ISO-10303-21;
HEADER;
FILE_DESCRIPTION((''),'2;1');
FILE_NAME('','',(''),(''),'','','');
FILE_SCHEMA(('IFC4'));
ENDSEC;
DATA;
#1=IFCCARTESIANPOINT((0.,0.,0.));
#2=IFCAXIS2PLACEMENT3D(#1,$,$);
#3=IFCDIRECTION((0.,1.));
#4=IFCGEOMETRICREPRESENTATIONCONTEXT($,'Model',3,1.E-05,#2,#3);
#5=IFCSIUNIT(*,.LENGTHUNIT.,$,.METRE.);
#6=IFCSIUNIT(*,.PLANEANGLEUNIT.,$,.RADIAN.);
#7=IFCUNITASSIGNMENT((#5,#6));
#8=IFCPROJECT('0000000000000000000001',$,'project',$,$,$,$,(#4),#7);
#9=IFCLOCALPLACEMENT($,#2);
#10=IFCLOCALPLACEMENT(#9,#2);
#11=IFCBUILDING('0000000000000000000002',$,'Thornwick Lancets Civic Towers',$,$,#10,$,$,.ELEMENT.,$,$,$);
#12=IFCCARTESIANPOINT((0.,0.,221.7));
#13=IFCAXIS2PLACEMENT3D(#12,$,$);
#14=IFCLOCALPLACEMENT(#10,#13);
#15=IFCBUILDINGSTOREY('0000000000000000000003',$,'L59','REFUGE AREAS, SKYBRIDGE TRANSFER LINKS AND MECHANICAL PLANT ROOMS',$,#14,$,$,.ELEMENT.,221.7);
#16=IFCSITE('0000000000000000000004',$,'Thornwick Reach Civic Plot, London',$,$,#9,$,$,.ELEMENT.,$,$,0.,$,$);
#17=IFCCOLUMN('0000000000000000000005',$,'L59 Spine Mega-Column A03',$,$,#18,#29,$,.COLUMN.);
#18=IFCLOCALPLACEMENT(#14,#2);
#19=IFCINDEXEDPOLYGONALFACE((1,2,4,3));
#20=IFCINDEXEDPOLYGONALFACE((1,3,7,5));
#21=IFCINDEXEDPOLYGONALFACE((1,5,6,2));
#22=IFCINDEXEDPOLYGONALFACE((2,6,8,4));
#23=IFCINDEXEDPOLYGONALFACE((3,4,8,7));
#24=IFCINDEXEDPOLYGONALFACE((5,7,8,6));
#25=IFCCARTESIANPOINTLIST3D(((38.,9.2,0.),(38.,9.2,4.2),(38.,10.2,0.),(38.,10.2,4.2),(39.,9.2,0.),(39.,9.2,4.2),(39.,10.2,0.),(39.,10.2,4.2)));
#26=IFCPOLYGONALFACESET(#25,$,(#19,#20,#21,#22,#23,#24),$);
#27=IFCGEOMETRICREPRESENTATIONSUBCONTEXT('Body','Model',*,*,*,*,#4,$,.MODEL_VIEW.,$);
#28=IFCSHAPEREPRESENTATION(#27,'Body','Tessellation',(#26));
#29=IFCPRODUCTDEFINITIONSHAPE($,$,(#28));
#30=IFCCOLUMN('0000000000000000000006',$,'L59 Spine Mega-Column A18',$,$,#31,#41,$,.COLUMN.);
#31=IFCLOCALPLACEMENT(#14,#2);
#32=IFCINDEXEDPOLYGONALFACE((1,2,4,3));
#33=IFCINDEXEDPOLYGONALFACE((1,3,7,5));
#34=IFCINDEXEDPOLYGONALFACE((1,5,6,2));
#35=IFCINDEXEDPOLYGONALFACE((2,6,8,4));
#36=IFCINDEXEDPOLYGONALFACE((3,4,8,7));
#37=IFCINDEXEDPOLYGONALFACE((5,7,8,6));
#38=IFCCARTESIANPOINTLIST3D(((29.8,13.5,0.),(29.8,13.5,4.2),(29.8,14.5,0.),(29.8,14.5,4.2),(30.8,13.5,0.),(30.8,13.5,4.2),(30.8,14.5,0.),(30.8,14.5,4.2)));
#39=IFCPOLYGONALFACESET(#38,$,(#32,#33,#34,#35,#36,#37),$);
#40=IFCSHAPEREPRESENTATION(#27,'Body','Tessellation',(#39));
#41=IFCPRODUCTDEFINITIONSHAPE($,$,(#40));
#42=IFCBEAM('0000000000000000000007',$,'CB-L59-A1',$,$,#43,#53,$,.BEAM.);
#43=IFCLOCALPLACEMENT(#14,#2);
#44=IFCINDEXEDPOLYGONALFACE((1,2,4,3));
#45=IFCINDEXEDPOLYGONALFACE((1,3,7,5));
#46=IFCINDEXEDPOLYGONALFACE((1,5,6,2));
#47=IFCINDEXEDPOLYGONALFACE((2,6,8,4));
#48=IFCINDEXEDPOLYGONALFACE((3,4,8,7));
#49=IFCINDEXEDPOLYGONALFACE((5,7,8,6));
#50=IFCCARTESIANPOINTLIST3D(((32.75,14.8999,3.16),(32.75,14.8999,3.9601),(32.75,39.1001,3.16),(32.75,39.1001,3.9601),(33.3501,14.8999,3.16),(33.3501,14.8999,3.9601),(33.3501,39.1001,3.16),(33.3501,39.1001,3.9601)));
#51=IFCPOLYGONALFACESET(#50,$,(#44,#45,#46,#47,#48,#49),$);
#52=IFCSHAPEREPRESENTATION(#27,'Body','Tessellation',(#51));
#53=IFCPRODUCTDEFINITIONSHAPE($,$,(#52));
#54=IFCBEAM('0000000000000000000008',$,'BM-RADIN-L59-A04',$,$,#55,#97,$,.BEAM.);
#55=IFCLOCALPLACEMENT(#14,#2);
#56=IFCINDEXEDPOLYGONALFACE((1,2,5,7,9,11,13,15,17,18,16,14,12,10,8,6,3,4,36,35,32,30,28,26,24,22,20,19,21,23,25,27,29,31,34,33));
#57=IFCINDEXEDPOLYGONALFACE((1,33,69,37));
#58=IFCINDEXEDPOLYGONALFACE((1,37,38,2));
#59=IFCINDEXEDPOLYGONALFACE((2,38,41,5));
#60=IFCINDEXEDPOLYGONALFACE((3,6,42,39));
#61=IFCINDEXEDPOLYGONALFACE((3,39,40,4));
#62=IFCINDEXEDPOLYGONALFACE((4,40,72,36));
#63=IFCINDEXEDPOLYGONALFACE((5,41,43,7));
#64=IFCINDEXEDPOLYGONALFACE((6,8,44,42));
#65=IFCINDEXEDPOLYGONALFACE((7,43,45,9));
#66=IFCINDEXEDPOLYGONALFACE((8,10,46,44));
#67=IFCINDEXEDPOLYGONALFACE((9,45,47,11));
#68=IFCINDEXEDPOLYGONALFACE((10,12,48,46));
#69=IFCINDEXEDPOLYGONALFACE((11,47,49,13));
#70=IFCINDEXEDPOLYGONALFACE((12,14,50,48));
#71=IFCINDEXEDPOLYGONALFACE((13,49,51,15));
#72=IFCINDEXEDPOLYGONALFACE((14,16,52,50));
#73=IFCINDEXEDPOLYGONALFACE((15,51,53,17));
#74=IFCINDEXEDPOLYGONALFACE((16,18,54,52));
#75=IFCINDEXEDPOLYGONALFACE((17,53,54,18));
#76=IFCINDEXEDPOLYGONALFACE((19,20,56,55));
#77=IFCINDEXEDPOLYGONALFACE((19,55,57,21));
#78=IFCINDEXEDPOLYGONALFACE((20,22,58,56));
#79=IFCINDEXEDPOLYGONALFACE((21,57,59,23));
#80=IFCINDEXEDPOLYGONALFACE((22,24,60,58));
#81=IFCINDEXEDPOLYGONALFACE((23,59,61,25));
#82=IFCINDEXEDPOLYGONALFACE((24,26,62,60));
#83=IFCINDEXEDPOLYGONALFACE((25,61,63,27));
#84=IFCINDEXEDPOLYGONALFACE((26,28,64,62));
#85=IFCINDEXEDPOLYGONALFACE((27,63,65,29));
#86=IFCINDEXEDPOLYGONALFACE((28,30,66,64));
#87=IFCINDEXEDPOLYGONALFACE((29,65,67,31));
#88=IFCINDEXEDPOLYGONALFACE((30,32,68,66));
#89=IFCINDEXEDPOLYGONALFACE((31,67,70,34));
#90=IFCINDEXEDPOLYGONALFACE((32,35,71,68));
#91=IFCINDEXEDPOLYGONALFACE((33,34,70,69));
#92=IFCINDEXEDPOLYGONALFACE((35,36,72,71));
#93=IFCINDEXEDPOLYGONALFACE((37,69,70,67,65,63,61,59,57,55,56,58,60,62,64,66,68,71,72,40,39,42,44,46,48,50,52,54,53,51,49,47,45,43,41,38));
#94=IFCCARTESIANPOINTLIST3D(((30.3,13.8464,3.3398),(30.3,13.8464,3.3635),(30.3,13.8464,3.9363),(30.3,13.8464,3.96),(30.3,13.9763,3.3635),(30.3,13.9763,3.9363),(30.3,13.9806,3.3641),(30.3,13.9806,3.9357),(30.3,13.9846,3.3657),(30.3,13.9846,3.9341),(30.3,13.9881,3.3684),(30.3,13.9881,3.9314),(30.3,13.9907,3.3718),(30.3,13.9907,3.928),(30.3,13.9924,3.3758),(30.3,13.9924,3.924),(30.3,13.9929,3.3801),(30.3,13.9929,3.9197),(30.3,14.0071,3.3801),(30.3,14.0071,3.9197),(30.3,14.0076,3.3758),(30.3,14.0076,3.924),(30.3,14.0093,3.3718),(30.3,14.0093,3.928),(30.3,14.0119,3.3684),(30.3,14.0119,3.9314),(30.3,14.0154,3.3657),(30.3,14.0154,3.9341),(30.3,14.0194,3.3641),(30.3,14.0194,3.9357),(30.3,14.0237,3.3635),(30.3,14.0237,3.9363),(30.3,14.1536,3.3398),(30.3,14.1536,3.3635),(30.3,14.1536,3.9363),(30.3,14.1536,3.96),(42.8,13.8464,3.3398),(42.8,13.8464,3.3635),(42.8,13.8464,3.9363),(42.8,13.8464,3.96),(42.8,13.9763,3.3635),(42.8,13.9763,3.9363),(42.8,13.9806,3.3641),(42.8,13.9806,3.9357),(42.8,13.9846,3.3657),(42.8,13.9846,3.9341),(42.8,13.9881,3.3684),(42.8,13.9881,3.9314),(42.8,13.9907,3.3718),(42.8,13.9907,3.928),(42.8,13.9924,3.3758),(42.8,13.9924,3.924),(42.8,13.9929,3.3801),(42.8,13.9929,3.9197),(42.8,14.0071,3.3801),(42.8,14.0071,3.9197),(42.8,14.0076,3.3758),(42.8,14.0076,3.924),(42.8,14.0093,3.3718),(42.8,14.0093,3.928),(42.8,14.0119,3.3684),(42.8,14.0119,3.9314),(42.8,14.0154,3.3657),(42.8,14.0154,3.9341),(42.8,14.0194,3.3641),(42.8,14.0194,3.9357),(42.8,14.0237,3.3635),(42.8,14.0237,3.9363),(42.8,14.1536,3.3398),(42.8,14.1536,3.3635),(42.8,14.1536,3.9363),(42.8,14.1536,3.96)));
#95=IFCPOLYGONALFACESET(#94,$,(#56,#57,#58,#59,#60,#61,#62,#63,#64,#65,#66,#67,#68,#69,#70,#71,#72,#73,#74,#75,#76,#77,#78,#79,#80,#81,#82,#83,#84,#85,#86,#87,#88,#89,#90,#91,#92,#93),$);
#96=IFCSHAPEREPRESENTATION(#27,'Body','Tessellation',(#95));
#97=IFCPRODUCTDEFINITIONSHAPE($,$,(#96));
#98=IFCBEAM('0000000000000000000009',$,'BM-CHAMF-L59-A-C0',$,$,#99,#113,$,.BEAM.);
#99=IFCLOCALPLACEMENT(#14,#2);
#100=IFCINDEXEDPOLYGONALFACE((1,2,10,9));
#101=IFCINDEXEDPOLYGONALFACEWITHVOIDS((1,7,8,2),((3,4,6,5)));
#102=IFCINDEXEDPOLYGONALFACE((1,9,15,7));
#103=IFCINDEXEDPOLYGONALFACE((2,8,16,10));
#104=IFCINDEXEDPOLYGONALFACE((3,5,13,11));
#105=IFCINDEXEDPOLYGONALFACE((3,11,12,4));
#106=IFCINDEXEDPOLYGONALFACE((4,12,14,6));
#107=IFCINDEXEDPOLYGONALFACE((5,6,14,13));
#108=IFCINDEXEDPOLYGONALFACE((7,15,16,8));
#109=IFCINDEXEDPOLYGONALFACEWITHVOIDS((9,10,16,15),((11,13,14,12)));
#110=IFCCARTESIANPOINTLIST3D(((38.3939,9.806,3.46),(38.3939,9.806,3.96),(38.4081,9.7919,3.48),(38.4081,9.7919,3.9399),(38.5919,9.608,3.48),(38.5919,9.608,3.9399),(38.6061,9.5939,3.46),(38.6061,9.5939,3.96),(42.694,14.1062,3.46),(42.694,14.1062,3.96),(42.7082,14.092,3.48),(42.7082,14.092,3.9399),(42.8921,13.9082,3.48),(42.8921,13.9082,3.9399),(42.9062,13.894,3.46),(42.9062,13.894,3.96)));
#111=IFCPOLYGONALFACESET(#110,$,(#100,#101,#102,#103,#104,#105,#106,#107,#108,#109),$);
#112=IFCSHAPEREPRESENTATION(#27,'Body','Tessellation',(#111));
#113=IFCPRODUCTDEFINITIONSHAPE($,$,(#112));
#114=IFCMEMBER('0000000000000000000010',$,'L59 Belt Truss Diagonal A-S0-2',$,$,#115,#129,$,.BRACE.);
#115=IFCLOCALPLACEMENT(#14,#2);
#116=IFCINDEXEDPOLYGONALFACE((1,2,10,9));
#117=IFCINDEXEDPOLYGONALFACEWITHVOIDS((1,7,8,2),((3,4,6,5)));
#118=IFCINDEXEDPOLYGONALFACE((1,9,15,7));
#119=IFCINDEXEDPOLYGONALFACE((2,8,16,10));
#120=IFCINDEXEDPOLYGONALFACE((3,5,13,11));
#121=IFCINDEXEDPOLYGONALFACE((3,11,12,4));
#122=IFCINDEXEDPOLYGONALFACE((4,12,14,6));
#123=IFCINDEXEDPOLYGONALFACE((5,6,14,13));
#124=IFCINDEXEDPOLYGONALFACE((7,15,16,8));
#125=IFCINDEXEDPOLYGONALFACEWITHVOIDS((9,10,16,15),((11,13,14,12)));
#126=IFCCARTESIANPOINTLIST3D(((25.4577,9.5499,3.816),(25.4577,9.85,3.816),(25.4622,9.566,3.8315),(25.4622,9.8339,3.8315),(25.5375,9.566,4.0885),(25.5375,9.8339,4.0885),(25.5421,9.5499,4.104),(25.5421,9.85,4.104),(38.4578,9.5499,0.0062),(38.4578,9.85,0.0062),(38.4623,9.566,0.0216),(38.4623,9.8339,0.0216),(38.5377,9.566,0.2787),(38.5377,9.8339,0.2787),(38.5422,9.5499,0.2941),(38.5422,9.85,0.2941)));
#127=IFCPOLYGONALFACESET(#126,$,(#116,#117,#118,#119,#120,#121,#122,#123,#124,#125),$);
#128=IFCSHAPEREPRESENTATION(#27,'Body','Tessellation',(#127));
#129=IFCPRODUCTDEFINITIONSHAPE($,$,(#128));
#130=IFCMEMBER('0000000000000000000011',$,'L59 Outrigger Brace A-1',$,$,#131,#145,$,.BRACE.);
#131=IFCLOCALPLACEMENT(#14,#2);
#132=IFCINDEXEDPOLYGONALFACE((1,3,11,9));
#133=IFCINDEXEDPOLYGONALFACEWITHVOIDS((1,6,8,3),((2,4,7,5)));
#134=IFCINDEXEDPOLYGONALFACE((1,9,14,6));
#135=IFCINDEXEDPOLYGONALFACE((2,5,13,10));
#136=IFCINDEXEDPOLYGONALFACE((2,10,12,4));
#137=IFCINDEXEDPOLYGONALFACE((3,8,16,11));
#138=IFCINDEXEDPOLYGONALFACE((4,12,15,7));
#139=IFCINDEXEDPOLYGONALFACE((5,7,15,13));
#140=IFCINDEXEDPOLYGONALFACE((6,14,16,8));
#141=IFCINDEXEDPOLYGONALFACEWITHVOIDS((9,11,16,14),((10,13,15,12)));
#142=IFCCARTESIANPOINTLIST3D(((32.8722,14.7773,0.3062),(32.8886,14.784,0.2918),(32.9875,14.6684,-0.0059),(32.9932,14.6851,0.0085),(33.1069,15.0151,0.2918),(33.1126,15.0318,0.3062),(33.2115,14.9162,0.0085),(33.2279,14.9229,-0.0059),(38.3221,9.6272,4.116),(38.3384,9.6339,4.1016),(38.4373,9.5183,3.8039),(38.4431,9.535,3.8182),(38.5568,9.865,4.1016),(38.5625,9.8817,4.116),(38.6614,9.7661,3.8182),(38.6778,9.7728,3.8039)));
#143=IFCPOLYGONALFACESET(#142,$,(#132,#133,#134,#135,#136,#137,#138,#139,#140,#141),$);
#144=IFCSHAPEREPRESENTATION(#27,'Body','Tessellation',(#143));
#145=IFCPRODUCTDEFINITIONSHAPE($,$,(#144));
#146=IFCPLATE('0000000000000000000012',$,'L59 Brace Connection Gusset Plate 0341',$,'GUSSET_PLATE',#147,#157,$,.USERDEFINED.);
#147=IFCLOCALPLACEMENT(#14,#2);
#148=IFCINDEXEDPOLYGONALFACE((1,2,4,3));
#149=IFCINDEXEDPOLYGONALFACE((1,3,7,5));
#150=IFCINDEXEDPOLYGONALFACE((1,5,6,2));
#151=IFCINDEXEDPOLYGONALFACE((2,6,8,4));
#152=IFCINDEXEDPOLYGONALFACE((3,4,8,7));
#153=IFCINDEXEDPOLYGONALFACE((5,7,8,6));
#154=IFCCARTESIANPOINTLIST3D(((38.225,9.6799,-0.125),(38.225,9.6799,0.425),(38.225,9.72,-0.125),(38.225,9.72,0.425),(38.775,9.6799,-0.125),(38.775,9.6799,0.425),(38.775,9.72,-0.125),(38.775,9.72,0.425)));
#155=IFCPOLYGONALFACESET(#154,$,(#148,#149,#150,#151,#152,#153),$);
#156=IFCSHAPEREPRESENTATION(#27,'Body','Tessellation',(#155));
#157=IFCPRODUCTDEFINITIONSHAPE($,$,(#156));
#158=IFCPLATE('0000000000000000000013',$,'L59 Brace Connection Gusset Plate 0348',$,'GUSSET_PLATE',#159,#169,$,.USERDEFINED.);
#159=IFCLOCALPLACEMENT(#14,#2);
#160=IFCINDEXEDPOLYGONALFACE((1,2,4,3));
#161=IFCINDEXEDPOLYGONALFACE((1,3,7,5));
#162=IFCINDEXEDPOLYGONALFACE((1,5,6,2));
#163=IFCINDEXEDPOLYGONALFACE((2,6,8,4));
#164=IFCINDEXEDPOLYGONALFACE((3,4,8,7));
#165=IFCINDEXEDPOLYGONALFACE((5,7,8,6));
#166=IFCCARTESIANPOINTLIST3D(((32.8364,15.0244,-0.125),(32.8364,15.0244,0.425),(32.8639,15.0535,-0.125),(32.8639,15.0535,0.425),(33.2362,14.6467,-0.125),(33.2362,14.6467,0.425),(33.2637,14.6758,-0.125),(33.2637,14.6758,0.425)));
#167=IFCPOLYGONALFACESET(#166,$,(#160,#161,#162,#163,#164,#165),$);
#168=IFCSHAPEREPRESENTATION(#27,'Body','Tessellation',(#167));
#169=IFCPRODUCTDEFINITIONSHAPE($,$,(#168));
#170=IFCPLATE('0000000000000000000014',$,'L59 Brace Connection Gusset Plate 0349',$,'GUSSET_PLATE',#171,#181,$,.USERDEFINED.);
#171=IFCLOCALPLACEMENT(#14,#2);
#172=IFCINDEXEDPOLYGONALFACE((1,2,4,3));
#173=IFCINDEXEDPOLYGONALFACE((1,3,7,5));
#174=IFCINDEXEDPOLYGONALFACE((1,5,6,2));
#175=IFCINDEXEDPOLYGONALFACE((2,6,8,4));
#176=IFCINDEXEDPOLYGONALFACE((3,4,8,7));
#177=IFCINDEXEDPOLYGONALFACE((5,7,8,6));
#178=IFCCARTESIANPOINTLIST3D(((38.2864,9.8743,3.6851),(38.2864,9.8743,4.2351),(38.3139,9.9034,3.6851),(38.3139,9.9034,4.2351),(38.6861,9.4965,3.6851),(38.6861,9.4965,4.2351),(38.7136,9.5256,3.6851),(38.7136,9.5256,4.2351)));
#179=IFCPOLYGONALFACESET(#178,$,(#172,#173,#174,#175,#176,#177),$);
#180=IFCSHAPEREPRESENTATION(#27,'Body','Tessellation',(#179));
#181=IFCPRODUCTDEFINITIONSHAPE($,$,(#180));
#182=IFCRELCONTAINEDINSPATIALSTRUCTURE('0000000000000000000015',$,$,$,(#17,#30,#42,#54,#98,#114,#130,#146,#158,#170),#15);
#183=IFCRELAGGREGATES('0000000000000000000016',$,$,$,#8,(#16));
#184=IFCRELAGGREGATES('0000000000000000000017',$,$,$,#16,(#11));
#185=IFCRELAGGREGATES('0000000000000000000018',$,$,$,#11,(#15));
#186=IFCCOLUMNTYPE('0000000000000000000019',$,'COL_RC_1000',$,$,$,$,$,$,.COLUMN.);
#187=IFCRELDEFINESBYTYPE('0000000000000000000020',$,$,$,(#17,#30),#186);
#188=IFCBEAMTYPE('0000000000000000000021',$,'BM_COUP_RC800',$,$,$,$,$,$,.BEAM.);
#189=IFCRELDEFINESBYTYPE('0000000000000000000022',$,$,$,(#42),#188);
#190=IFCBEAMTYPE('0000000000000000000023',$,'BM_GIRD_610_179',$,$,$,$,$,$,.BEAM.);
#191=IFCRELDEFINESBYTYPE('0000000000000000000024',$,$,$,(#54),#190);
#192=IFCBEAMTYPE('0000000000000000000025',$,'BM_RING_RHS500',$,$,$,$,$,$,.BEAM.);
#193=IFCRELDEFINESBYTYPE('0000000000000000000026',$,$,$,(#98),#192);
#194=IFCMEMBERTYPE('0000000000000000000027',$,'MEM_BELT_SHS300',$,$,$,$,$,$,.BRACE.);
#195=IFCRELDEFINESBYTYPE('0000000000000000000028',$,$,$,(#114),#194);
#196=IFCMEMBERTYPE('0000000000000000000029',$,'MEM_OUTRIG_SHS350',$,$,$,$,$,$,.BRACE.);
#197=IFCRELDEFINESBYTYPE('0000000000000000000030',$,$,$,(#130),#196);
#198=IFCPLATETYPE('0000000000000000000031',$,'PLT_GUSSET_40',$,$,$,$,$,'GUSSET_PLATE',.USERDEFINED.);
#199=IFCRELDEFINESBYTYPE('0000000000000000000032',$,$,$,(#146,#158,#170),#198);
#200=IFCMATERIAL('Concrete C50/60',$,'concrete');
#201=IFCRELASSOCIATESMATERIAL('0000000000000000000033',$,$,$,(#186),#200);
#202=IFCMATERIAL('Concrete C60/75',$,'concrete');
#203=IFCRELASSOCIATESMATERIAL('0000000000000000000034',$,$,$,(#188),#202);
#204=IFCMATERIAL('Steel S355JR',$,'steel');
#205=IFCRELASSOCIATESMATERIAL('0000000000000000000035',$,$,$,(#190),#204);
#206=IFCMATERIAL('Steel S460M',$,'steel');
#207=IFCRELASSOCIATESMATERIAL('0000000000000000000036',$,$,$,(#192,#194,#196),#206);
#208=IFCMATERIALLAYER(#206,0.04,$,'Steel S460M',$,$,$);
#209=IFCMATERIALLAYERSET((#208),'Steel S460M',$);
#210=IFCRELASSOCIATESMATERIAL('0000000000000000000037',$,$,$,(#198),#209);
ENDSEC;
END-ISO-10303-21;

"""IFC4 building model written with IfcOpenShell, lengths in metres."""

from ifc_helpers import new_model, si_unit, direction, frame, origin, origin_2d, place, context, subcontext, project, spatial, rectangle, hollow_rectangle, i_section, extrude, material, layer, layer_set, material_profile, profile_set, type_object, element, save


model = new_model("IFC4")

# Units and contexts
model_context = context("Model", 3, precision=1e-05, world=origin(), true_north=direction((0.0, 1.0)))
body_context = subcontext(model_context, "Body", "Model", "MODEL_VIEW")
ifc_project = project(units=[si_unit("LENGTHUNIT", "METRE"), si_unit("PLANEANGLEUNIT", "RADIAN")], contexts=[model_context])

# Site, building, storey
site_placement = place(None, origin())
site = spatial("IfcSite", under=ifc_project, at=site_placement, Name="Thornwick Reach Civic Plot, London", CompositionType="ELEMENT", RefElevation=0.0)
building_placement = place(site_placement, origin())
building = spatial("IfcBuilding", under=site, at=building_placement, Name="Thornwick Lancets Civic Towers", CompositionType="ELEMENT")
storey_placement = place(building_placement, frame((0.0, 0.0, 221.7)))
storey = spatial("IfcBuildingStorey", under=building, at=storey_placement, Name="L59", Description="REFUGE AREAS, SKYBRIDGE TRANSFER LINKS AND MECHANICAL PLANT ROOMS", CompositionType="ELEMENT", Elevation=221.7)

# Columns
ifc_material_1 = material(Name="Concrete C50/60", Category="concrete")
ifc_material_profile_1 = material_profile(ifc_material_1, rectangle(XDim=1.0, YDim=1.0, at=origin_2d()), Name="RC 1000x1000")
ifc_profile_set_1 = profile_set([ifc_material_profile_1], Name="Concrete C50/60")
column_type = type_object("IfcColumnType", Name="COL_RC_1000", PredefinedType="COLUMN", material=ifc_profile_set_1)
for number, where, z_axis, x_axis, name in (
    (1, (38.5, 9.7, 0.0), (0.0, 0.0, 1.0), (1.0, 0.0, 0.0), "L59 Spine Mega-Column A03"),
    (2, (30.3, 14.0, 0.0), (0.0, 0.0, 1.0), (1.0, 0.0, 0.0), "L59 Spine Mega-Column A18"),
):
    element("IfcColumn", number, at=place(storey_placement, frame(where, z_axis=z_axis, x_axis=x_axis)), inside=storey, type_object=column_type, Name=name, PredefinedType="COLUMN", context=body_context, shape_type="SweptSolid", body=[
        extrude(rectangle(XDim=1.0, YDim=1.0, at=origin_2d()), origin(), (0.0, 0.0, 1.0), 4.2),
    ])

# Beams
ifc_material_2 = material(Name="Concrete C60/75", Category="concrete")
ifc_material_profile_2 = material_profile(ifc_material_2, rectangle(XDim=0.6001, YDim=0.8, at=origin_2d()), Name="RC 600x800")
ifc_profile_set_2 = profile_set([ifc_material_profile_2], Name="Concrete C60/75")
beam_type_1 = type_object("IfcBeamType", Name="BM_COUP_RC800", PredefinedType="BEAM", material=ifc_profile_set_2)
beam_1_placement = place(storey_placement, frame((33.05, 14.8999, 3.5601), z_axis=(0.0, 1.0, 0.0), x_axis=(-1.0, 0.0, 0.0)))
element("IfcBeam", 3, at=beam_1_placement, inside=storey, type_object=beam_type_1, Name="CB-L59-A1", PredefinedType="BEAM", context=body_context, shape_type="SweptSolid", body=[
    extrude(rectangle(XDim=0.6001, YDim=0.8, at=origin_2d()), origin(), (0.0, 0.0, 1.0), 24.2002),
])
ifc_material_3 = material(Name="Steel S355JR", Category="steel")
ifc_material_profile_3 = material_profile(ifc_material_3, i_section(OverallWidth=0.3071, OverallDepth=0.6201, WebThickness=0.0142, FlangeThickness=0.0237, FilletRadius=0.0166, at=origin_2d()), Name="UKB 610x305x179")
ifc_profile_set_3 = profile_set([ifc_material_profile_3], Name="Steel S355JR")
beam_type_2 = type_object("IfcBeamType", Name="BM_GIRD_610_179", PredefinedType="BEAM", material=ifc_profile_set_3)
beam_2_placement = place(storey_placement, frame((30.3, 14.0, 3.6499), z_axis=(1.0, 0.0, 0.0), x_axis=(0.0, 1.0, 0.0)))
element("IfcBeam", 4, at=beam_2_placement, inside=storey, type_object=beam_type_2, Name="BM-RADIN-L59-A04", PredefinedType="BEAM", context=body_context, shape_type="SweptSolid", body=[
    extrude(i_section(OverallWidth=0.3071, OverallDepth=0.6201, WebThickness=0.0142, FlangeThickness=0.0237, FilletRadius=0.0166, at=origin_2d()), origin(), (0.0, 0.0, 1.0), 12.5),
])
ifc_material_4 = material(Name="Steel S460M", Category="steel")
ifc_material_profile_4 = material_profile(ifc_material_4, hollow_rectangle(XDim=0.3, YDim=0.5, WallThickness=0.02, at=origin_2d()), Name="RHS 500x300x20")
ifc_profile_set_4 = profile_set([ifc_material_profile_4], Name="Steel S460M")
beam_type_3 = type_object("IfcBeamType", Name="BM_RING_RHS500", PredefinedType="BEAM", material=ifc_profile_set_4)
beam_3_placement = place(storey_placement, frame((38.5, 9.7, 3.71), z_axis=(0.707107, 0.707107, 0.0), x_axis=(-0.707107, 0.707107, 0.0)))
element("IfcBeam", 5, at=beam_3_placement, inside=storey, type_object=beam_type_3, Name="BM-CHAMF-L59-A-C0", PredefinedType="BEAM", context=body_context, shape_type="SweptSolid", body=[
    extrude(hollow_rectangle(XDim=0.3, YDim=0.5, WallThickness=0.02, at=origin_2d()), origin(), (0.0, 0.0, 1.0), 6.0813),
])

# Members
ifc_material_profile_5 = material_profile(ifc_material_4, hollow_rectangle(XDim=0.3, YDim=0.3, WallThickness=0.0161, at=origin_2d()), Name="SHS 300x300x16")
ifc_profile_set_5 = profile_set([ifc_material_profile_5], Name="Steel S460M")
member_type_1 = type_object("IfcMemberType", Name="MEM_BELT_SHS300", PredefinedType="BRACE", material=ifc_profile_set_5)
member_1_placement = place(storey_placement, frame((38.5, 9.7, 0.1501), z_axis=(-0.959639, 0.0, 0.281234), x_axis=(0.0, -1.0, 0.0)))
element("IfcMember", 6, at=member_1_placement, inside=storey, type_object=member_type_1, Name="L59 Belt Truss Diagonal A-S0-2", PredefinedType="BRACE", context=body_context, shape_type="SweptSolid", body=[
    extrude(hollow_rectangle(XDim=0.3, YDim=0.3, WallThickness=0.0161, at=origin_2d()), origin(), (0.0, 0.0, 1.0), 13.5469),
])
ifc_material_profile_6 = material_profile(ifc_material_4, hollow_rectangle(XDim=0.3501, YDim=0.3501, WallThickness=0.0161, at=origin_2d()), Name="SHS 350x350x16")
ifc_profile_set_6 = profile_set([ifc_material_profile_6], Name="Steel S460M")
member_type_2 = type_object("IfcMemberType", Name="MEM_OUTRIG_SHS350", PredefinedType="BRACE", material=ifc_profile_set_6)
member_2_placement = place(storey_placement, frame((33.05, 14.8501, 0.1501), z_axis=(0.647975, -0.612329, 0.45297), x_axis=(0.686833, 0.726815, 0.0)))
element("IfcMember", 7, at=member_2_placement, inside=storey, type_object=member_type_2, Name="L59 Outrigger Brace A-1", PredefinedType="BRACE", context=body_context, shape_type="SweptSolid", body=[
    extrude(hollow_rectangle(XDim=0.3501, YDim=0.3501, WallThickness=0.0161, at=origin_2d()), origin(), (0.0, 0.0, 1.0), 8.4106),
])

# Plates
ifc_layer_1 = layer(ifc_material_4, 0.04, Name="Steel S460M")
ifc_layer_set_1 = layer_set([ifc_layer_1], Name="Steel S460M")
plate_type = type_object("IfcPlateType", Name="PLT_GUSSET_40", ElementType="GUSSET_PLATE", PredefinedType="USERDEFINED", material=ifc_layer_set_1)
for number, where, z_axis, x_axis, name in (
    (8, (38.5, 9.7, -0.125), (0.0, 0.0, 1.0), (-1.0, 0.0, 0.0), "L59 Brace Connection Gusset Plate 0341"),
    (9, (33.05, 14.8501, -0.125), (0.0, 0.0, 1.0), (0.726814, -0.686834, 0.0), "L59 Brace Connection Gusset Plate 0348"),
    (10, (38.5, 9.7, 3.6851), (0.0, 0.0, 1.0), (0.726814, -0.686834, 0.0), "L59 Brace Connection Gusset Plate 0349"),
):
    element("IfcPlate", number, at=place(storey_placement, frame(where, z_axis=z_axis, x_axis=x_axis)), inside=storey, type_object=plate_type, Name=name, ObjectType="GUSSET_PLATE", PredefinedType="USERDEFINED", context=body_context, shape_type="SweptSolid", body=[
        extrude(rectangle(XDim=0.55, YDim=0.04, at=origin_2d()), origin(), (0.0, 0.0, 1.0), 0.55),
    ])

save(model, "model.ifc")
